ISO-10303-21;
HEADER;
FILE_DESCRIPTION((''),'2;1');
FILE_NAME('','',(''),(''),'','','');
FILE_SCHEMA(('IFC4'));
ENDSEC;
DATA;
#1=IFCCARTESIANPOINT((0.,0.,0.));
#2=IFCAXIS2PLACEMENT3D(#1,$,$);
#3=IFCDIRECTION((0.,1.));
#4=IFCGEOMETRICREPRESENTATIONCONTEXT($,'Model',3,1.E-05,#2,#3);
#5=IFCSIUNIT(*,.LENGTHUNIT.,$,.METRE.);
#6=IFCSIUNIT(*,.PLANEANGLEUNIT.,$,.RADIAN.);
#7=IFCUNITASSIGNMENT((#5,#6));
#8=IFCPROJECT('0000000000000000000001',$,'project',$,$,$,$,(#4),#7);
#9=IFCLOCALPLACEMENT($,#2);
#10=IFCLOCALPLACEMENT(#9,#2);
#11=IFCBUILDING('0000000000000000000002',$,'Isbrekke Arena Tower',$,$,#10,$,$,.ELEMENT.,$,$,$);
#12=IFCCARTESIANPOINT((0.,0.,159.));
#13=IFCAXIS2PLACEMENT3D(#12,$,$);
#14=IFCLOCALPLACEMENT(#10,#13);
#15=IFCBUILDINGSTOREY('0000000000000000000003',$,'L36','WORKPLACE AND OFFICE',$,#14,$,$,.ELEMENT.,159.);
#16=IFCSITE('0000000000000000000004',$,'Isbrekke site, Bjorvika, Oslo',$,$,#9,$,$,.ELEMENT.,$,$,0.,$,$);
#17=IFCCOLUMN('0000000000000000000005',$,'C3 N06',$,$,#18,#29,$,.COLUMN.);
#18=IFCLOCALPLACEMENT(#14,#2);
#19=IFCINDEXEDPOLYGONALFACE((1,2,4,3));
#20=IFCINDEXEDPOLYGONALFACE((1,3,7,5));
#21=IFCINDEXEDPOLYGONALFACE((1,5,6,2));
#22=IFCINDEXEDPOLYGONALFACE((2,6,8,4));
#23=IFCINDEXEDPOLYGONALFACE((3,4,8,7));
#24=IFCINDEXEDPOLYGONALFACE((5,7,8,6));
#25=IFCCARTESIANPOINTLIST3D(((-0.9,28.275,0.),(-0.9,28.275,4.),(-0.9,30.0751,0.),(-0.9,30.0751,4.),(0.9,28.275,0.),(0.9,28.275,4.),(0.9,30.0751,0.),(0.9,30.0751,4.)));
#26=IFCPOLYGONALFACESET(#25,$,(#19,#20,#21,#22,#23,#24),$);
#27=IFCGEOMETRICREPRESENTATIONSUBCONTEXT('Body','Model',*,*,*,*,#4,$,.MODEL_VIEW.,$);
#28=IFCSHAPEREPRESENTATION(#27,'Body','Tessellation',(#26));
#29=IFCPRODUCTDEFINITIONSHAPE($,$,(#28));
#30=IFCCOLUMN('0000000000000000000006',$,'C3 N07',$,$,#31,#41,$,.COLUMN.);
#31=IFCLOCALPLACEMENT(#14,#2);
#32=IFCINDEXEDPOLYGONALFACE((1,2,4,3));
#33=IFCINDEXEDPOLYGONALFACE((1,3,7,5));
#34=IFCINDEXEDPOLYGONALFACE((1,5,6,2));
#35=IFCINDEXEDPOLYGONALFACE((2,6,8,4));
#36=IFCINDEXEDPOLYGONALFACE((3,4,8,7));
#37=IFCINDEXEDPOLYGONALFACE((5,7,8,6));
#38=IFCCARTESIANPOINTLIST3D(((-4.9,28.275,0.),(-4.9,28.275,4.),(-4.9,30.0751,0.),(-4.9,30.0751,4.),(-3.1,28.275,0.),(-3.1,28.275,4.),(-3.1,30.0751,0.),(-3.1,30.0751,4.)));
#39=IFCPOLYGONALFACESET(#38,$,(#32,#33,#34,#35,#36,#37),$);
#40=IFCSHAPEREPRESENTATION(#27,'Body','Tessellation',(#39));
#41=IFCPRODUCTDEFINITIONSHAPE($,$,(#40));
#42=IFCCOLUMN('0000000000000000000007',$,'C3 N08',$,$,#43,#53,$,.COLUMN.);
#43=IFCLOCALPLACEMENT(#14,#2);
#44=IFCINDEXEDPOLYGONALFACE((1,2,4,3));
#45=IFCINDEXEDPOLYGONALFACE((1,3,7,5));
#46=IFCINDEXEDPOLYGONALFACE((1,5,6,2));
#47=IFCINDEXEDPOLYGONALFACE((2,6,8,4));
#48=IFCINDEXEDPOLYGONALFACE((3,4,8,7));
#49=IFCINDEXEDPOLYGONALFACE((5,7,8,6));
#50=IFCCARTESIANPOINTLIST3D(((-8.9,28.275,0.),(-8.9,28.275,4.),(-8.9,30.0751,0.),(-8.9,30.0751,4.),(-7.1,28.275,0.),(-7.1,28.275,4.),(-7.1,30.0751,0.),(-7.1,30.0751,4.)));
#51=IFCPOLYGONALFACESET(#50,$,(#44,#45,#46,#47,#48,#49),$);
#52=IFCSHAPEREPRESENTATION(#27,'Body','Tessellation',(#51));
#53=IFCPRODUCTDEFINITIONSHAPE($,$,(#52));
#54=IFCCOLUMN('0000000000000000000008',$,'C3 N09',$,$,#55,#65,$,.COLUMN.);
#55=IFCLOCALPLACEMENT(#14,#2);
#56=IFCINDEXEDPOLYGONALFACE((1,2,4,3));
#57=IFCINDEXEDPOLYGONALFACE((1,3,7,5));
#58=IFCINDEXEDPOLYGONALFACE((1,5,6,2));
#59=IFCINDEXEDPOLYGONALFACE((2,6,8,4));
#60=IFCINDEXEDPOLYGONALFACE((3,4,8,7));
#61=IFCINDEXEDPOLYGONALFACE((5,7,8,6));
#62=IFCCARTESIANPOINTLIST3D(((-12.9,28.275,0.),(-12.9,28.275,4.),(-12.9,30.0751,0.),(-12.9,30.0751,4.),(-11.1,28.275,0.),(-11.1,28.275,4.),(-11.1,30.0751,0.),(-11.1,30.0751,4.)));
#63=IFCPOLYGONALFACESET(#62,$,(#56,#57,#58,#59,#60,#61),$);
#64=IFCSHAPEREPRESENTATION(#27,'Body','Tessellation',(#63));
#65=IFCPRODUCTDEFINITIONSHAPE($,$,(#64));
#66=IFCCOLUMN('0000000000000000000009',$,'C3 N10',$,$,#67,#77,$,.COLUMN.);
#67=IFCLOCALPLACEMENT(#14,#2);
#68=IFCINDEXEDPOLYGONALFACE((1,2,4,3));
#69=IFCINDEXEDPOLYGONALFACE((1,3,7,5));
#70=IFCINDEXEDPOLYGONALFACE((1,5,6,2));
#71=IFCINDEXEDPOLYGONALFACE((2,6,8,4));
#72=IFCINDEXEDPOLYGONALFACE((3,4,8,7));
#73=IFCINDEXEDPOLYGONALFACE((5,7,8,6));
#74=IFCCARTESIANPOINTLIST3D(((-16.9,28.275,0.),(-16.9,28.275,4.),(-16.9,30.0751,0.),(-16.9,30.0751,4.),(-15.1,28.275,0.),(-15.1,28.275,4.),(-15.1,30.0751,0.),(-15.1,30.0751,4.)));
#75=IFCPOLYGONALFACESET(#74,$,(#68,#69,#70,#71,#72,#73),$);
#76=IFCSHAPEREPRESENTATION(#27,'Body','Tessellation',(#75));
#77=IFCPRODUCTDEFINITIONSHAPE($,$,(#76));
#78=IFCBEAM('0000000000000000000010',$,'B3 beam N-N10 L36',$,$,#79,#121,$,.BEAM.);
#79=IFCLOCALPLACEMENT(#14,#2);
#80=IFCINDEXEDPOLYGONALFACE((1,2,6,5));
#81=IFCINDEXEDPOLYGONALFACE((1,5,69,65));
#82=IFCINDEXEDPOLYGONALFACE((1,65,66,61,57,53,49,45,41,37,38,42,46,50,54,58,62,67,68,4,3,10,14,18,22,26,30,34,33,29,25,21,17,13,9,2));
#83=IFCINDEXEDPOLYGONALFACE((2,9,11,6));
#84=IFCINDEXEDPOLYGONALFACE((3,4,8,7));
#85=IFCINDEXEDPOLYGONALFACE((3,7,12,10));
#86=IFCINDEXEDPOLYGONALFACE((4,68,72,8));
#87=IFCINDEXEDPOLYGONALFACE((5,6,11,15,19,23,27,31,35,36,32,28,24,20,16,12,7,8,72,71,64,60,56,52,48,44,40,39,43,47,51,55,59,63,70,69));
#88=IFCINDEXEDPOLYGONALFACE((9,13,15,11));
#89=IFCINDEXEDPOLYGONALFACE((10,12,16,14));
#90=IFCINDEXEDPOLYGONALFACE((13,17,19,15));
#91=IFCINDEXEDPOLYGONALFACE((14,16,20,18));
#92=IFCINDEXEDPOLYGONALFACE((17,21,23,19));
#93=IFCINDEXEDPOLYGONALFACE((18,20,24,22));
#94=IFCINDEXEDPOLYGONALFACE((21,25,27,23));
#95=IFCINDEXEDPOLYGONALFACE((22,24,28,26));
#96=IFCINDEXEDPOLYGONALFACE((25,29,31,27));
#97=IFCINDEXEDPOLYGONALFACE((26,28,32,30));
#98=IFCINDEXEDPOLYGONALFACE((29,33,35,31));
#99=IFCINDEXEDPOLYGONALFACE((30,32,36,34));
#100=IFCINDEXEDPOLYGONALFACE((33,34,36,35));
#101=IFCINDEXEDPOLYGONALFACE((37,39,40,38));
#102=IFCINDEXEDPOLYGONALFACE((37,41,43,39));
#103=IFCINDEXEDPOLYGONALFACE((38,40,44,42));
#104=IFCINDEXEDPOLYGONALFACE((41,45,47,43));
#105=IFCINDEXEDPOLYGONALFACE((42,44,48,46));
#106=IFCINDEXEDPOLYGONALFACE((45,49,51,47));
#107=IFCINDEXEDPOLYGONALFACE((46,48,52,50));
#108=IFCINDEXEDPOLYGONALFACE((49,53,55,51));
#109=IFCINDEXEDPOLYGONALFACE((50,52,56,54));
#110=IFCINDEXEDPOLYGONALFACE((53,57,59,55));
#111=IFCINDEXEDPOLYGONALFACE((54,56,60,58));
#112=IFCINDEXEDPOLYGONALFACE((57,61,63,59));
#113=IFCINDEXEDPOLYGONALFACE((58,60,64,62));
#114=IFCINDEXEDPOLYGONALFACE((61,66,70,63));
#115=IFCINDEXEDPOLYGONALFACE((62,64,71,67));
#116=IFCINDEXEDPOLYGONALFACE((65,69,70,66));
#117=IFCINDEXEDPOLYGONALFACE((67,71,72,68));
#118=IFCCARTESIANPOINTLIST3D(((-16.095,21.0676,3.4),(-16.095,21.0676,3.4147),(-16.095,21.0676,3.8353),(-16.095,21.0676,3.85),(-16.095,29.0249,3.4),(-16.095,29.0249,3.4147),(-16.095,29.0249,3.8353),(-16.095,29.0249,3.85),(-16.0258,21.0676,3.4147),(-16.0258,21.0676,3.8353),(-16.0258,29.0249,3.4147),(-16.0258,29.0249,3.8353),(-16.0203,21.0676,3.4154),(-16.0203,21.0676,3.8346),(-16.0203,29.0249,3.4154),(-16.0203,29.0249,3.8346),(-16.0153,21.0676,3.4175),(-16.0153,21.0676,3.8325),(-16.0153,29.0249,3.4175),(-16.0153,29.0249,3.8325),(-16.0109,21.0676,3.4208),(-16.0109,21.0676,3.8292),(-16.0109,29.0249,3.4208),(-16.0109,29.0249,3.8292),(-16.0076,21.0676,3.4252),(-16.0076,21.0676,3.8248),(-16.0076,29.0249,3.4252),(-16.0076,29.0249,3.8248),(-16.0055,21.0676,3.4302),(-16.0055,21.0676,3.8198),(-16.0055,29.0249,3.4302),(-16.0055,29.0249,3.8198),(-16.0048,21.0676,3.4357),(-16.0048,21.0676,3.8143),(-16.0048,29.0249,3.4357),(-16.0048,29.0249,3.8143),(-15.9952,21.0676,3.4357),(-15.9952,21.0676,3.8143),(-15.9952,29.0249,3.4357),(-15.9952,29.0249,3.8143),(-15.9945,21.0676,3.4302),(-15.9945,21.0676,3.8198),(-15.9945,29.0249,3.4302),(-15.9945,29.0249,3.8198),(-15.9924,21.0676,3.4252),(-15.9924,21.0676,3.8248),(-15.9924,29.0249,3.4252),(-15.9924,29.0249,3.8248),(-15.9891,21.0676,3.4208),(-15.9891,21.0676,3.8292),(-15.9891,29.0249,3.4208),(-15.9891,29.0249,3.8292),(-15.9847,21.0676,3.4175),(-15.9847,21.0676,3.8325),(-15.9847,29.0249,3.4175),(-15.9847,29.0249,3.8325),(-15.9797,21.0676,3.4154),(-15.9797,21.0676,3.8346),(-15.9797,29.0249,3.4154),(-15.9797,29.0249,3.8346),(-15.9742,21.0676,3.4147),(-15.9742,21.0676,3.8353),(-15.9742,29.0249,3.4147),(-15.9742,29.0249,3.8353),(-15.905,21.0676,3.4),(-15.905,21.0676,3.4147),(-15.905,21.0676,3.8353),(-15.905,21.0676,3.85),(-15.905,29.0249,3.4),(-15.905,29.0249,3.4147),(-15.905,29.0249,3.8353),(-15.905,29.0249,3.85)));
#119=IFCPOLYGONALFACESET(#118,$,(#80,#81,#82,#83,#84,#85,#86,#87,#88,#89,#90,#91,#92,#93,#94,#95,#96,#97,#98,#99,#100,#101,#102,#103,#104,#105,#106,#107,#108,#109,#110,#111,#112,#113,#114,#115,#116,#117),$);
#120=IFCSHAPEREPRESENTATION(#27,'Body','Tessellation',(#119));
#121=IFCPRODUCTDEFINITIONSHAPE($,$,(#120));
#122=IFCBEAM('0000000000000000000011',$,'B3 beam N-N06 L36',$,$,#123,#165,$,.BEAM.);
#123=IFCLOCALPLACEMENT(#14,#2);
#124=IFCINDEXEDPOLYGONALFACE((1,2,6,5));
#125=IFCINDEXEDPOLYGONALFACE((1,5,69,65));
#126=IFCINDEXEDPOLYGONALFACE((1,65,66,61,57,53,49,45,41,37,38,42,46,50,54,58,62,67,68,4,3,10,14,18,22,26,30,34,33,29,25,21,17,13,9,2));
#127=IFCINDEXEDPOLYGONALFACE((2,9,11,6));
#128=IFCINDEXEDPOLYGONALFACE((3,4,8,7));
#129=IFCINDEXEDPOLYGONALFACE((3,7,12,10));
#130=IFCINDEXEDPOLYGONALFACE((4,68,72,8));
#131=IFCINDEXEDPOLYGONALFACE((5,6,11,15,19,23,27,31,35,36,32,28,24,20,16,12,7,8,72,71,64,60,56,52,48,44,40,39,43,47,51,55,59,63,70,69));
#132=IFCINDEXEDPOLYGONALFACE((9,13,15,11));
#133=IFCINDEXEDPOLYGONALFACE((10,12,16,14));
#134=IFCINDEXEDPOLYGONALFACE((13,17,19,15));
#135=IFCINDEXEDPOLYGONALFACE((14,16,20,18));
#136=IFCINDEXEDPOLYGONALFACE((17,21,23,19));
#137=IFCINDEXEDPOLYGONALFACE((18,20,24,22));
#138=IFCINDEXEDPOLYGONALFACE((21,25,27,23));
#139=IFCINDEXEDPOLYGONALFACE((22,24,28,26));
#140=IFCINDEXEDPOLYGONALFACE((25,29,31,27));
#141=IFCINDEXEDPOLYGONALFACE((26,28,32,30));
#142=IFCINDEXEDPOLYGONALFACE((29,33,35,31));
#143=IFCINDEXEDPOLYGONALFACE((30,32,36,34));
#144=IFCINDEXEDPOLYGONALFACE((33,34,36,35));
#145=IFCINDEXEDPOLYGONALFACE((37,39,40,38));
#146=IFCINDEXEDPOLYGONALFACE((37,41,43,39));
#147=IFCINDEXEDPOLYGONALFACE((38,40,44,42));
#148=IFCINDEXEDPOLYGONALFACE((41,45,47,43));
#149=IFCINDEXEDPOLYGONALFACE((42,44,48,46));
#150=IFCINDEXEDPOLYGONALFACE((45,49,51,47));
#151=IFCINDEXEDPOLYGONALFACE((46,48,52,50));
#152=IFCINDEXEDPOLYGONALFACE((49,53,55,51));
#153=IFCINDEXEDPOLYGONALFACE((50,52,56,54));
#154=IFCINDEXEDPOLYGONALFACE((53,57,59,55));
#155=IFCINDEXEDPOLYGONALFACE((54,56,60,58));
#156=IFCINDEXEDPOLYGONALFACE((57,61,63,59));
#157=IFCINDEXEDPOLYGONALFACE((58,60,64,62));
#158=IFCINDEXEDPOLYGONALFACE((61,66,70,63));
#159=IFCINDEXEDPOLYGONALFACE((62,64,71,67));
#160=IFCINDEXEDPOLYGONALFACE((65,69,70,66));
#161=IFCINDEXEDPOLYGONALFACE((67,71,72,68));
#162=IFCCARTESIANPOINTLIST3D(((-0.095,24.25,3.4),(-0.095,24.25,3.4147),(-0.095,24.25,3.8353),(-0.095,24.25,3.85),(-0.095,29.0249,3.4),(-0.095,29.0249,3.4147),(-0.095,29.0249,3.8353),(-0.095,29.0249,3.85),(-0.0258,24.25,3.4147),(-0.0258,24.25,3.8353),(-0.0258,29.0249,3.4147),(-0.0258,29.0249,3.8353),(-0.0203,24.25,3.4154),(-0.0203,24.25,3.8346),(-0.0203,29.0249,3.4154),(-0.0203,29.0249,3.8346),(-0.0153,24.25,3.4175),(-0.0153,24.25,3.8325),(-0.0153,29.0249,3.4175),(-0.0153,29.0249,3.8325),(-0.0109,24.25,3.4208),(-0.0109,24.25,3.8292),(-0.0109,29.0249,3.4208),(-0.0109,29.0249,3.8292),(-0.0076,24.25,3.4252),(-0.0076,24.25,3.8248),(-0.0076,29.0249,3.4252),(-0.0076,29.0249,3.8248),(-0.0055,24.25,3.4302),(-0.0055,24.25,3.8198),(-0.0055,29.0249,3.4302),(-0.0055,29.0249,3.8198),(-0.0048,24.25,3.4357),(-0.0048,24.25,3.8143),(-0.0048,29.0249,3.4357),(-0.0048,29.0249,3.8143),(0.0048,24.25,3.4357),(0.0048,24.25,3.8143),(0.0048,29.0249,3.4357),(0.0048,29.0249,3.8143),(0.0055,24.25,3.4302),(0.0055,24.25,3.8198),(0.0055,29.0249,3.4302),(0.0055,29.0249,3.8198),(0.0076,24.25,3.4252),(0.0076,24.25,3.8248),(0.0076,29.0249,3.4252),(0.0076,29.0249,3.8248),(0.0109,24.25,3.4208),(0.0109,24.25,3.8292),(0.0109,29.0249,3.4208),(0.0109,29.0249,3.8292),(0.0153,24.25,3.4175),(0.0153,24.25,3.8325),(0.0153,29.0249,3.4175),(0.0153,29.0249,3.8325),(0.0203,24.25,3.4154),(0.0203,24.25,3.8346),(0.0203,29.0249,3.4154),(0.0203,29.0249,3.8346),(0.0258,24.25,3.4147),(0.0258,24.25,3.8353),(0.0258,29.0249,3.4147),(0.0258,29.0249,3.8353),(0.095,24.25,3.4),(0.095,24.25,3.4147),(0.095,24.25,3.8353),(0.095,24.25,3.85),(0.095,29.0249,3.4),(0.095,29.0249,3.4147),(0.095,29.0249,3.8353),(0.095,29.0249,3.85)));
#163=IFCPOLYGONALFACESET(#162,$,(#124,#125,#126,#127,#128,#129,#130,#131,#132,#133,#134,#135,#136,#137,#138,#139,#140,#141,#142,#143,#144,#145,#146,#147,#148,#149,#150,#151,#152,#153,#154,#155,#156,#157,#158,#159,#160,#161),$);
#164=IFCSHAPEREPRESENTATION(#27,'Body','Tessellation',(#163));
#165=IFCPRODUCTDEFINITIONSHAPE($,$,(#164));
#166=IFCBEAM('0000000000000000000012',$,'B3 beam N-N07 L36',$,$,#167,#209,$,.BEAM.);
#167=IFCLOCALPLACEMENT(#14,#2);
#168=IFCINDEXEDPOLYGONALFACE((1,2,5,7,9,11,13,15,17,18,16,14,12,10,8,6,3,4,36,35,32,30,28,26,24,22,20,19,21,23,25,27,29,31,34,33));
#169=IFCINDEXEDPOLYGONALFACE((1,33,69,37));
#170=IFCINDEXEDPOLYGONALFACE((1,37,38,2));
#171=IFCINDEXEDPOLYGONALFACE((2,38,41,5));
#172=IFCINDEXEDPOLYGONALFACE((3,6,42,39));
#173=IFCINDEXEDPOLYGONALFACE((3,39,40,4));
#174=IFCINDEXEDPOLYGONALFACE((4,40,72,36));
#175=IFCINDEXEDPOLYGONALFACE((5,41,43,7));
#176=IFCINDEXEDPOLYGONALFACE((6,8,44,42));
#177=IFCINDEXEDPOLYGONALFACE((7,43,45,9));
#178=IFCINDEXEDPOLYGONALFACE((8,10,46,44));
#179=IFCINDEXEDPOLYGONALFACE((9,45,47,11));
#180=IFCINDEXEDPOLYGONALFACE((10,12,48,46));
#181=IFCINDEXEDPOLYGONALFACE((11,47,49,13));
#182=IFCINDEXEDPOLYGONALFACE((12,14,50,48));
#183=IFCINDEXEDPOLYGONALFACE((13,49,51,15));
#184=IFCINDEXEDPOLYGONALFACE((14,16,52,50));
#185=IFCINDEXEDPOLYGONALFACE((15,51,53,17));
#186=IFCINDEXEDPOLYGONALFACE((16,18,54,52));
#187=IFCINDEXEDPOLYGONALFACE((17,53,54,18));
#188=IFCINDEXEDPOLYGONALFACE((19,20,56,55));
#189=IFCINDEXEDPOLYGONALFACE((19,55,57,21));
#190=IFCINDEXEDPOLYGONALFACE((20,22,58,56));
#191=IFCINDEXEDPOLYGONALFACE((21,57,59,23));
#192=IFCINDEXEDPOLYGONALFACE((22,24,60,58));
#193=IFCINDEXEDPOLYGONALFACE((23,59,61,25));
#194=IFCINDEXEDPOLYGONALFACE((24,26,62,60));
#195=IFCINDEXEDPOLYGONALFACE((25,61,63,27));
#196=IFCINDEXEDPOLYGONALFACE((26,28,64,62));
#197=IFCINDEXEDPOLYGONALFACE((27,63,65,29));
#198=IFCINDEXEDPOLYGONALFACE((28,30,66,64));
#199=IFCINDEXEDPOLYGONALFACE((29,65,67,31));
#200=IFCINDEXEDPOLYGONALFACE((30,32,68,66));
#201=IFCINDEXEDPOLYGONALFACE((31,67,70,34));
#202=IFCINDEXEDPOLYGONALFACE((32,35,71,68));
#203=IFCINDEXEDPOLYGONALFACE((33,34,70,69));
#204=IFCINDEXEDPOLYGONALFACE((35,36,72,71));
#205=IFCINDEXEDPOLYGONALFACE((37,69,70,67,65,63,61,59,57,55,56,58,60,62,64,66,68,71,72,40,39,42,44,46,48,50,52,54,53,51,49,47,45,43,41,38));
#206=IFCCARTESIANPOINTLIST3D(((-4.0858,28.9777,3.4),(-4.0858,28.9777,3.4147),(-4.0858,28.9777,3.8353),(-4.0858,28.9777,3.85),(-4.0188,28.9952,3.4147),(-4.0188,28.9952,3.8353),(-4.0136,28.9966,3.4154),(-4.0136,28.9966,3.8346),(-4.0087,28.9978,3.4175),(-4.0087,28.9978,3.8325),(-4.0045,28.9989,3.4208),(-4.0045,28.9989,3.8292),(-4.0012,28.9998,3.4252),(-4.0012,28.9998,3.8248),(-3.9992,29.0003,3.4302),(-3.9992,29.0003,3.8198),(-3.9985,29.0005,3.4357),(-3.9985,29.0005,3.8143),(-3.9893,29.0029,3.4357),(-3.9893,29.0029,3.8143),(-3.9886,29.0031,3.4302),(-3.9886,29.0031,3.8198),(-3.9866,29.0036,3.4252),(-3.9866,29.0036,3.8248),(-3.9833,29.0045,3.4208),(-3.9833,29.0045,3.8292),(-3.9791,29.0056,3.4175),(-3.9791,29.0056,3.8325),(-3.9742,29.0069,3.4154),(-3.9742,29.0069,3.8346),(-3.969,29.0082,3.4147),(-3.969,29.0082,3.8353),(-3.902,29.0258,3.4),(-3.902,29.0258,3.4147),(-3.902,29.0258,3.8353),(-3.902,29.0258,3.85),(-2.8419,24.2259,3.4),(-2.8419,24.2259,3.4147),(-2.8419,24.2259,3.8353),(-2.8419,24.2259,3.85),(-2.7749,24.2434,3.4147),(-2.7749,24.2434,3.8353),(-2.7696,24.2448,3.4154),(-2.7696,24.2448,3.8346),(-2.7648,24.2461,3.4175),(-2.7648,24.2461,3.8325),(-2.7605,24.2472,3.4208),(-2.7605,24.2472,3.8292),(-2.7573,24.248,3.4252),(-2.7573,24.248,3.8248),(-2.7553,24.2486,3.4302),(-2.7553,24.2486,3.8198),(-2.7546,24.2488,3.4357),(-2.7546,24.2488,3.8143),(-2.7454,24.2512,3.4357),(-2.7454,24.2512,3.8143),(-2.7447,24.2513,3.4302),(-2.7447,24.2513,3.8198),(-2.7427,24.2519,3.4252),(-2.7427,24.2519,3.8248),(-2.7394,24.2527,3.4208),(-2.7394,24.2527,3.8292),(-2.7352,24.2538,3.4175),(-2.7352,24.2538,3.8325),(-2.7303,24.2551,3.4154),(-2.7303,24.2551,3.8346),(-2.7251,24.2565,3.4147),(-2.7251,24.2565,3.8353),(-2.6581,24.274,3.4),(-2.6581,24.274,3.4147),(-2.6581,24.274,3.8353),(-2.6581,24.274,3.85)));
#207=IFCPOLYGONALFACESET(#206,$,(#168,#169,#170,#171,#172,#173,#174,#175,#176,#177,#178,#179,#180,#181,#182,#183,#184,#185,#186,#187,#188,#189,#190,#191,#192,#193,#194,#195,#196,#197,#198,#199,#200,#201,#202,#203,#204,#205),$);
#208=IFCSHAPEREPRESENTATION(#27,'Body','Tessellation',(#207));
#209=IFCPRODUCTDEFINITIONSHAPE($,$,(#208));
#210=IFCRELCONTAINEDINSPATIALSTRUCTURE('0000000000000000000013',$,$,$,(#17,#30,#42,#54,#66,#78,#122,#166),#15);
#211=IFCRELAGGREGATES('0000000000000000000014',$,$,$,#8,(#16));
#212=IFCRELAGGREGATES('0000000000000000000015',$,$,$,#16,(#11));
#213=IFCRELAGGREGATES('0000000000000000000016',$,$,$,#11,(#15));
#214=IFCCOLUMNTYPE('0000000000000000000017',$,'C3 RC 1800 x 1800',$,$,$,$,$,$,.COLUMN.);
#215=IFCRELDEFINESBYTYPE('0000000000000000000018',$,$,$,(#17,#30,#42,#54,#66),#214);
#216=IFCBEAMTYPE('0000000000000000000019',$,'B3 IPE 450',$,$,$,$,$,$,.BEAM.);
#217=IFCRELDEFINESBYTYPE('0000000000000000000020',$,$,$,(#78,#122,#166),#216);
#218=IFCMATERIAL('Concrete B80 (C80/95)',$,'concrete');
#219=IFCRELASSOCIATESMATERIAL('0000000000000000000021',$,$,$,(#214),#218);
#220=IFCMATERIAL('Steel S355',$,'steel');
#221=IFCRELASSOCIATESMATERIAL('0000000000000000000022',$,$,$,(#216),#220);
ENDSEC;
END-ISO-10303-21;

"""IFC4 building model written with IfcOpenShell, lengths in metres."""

from ifc_helpers import new_model, si_unit, direction, frame, origin, origin_2d, place, context, subcontext, project, spatial, rectangle, i_section, extrude, material, material_profile, profile_set, type_object, element, save


model = new_model("IFC4")

# Units and contexts
model_context = context("Model", 3, precision=1e-05, world=origin(), true_north=direction((0.0, 1.0)))
body_context = subcontext(model_context, "Body", "Model", "MODEL_VIEW")
ifc_project = project(units=[si_unit("LENGTHUNIT", "METRE"), si_unit("PLANEANGLEUNIT", "RADIAN")], contexts=[model_context])

# Site, building, storey
site_placement = place(None, origin())
site = spatial("IfcSite", under=ifc_project, at=site_placement, Name="Isbrekke site, Bjorvika, Oslo", CompositionType="ELEMENT", RefElevation=0.0)
building_placement = place(site_placement, origin())
building = spatial("IfcBuilding", under=site, at=building_placement, Name="Isbrekke Arena Tower", CompositionType="ELEMENT")
storey_placement = place(building_placement, frame((0.0, 0.0, 159.0)))
storey = spatial("IfcBuildingStorey", under=building, at=storey_placement, Name="L36", Description="WORKPLACE AND OFFICE", CompositionType="ELEMENT", Elevation=159.0)

# Columns
ifc_material_1 = material(Name="Concrete B80 (C80/95)", Category="concrete")
ifc_material_profile_1 = material_profile(ifc_material_1, rectangle(XDim=1.8, YDim=1.8, at=origin_2d()), Name="RC 1800x1800")
ifc_profile_set_1 = profile_set([ifc_material_profile_1], Name="Concrete B80 (C80/95)")
column_type = type_object("IfcColumnType", Name="C3 RC 1800 x 1800", PredefinedType="COLUMN", material=ifc_profile_set_1)
for number, where, z_axis, x_axis, name in (
    (1, (0.0, 29.175, 0.0), (0.0, 0.0, 1.0), (-1.0, 0.0, 0.0), "C3 N06"),
    (2, (-4.0, 29.175, 0.0), (0.0, 0.0, 1.0), (-1.0, 0.0, 0.0), "C3 N07"),
    (3, (-8.0, 29.175, 0.0), (0.0, 0.0, 1.0), (-1.0, 0.0, 0.0), "C3 N08"),
    (4, (-12.0, 29.175, 0.0), (0.0, 0.0, 1.0), (-1.0, 0.0, 0.0), "C3 N09"),
    (5, (-16.0, 29.175, 0.0), (0.0, 0.0, 1.0), (-1.0, 0.0, 0.0), "C3 N10"),
):
    element("IfcColumn", number, at=place(storey_placement, frame(where, z_axis=z_axis, x_axis=x_axis)), inside=storey, type_object=column_type, Name=name, PredefinedType="COLUMN", context=body_context, shape_type="SweptSolid", body=[
        extrude(rectangle(XDim=1.8, YDim=1.8, at=origin_2d()), origin(), (0.0, 0.0, 1.0), 4.0),
    ])

# Beams
ifc_material_2 = material(Name="Steel S355", Category="steel")
ifc_material_profile_2 = material_profile(ifc_material_2, i_section(OverallWidth=0.1899, OverallDepth=0.45, WebThickness=0.0095, FlangeThickness=0.0146, FilletRadius=0.021, at=origin_2d()), Name="IPE 450")
ifc_profile_set_2 = profile_set([ifc_material_profile_2], Name="Steel S355")
beam_type_1 = type_object("IfcBeamType", Name="B3 IPE 450", PredefinedType="BEAM", material=ifc_profile_set_2)
beam_1_placement = place(storey_placement, frame((-16.0, 29.0249, 3.625), z_axis=(0.0, -1.0, 0.0), x_axis=(1.0, 0.0, 0.0)))
element("IfcBeam", 6, at=beam_1_placement, inside=storey, type_object=beam_type_1, Name="B3 beam N-N10 L36", PredefinedType="BEAM", context=body_context, shape_type="SweptSolid", body=[
    extrude(i_section(OverallWidth=0.1899, OverallDepth=0.45, WebThickness=0.0095, FlangeThickness=0.0146, FilletRadius=0.021, at=origin_2d()), origin(), (0.0, 0.0, 1.0), 7.9573),
])
beam_2_placement = place(storey_placement, frame((0.0, 29.0249, 3.625), z_axis=(0.0, -1.0, 0.0), x_axis=(1.0, 0.0, 0.0)))
element("IfcBeam", 7, at=beam_2_placement, inside=storey, type_object=beam_type_1, Name="B3 beam N-N06 L36", PredefinedType="BEAM", context=body_context, shape_type="SweptSolid", body=[
    extrude(i_section(OverallWidth=0.1899, OverallDepth=0.45, WebThickness=0.0095, FlangeThickness=0.0146, FilletRadius=0.021, at=origin_2d()), origin(), (0.0, 0.0, 1.0), 4.7749),
])
beam_3_placement = place(storey_placement, frame((-3.9939, 29.0017, 3.625), z_axis=(0.253245, -0.967402, 0.0), x_axis=(0.967402, 0.253245, 0.0)))
element("IfcBeam", 8, at=beam_3_placement, inside=storey, type_object=beam_type_1, Name="B3 beam N-N07 L36", PredefinedType="BEAM", context=body_context, shape_type="SweptSolid", body=[
    extrude(i_section(OverallWidth=0.1899, OverallDepth=0.45, WebThickness=0.0095, FlangeThickness=0.0146, FilletRadius=0.021, at=origin_2d()), origin(), (0.0, 0.0, 1.0), 4.9119),
])

save(model, "model.ifc")
